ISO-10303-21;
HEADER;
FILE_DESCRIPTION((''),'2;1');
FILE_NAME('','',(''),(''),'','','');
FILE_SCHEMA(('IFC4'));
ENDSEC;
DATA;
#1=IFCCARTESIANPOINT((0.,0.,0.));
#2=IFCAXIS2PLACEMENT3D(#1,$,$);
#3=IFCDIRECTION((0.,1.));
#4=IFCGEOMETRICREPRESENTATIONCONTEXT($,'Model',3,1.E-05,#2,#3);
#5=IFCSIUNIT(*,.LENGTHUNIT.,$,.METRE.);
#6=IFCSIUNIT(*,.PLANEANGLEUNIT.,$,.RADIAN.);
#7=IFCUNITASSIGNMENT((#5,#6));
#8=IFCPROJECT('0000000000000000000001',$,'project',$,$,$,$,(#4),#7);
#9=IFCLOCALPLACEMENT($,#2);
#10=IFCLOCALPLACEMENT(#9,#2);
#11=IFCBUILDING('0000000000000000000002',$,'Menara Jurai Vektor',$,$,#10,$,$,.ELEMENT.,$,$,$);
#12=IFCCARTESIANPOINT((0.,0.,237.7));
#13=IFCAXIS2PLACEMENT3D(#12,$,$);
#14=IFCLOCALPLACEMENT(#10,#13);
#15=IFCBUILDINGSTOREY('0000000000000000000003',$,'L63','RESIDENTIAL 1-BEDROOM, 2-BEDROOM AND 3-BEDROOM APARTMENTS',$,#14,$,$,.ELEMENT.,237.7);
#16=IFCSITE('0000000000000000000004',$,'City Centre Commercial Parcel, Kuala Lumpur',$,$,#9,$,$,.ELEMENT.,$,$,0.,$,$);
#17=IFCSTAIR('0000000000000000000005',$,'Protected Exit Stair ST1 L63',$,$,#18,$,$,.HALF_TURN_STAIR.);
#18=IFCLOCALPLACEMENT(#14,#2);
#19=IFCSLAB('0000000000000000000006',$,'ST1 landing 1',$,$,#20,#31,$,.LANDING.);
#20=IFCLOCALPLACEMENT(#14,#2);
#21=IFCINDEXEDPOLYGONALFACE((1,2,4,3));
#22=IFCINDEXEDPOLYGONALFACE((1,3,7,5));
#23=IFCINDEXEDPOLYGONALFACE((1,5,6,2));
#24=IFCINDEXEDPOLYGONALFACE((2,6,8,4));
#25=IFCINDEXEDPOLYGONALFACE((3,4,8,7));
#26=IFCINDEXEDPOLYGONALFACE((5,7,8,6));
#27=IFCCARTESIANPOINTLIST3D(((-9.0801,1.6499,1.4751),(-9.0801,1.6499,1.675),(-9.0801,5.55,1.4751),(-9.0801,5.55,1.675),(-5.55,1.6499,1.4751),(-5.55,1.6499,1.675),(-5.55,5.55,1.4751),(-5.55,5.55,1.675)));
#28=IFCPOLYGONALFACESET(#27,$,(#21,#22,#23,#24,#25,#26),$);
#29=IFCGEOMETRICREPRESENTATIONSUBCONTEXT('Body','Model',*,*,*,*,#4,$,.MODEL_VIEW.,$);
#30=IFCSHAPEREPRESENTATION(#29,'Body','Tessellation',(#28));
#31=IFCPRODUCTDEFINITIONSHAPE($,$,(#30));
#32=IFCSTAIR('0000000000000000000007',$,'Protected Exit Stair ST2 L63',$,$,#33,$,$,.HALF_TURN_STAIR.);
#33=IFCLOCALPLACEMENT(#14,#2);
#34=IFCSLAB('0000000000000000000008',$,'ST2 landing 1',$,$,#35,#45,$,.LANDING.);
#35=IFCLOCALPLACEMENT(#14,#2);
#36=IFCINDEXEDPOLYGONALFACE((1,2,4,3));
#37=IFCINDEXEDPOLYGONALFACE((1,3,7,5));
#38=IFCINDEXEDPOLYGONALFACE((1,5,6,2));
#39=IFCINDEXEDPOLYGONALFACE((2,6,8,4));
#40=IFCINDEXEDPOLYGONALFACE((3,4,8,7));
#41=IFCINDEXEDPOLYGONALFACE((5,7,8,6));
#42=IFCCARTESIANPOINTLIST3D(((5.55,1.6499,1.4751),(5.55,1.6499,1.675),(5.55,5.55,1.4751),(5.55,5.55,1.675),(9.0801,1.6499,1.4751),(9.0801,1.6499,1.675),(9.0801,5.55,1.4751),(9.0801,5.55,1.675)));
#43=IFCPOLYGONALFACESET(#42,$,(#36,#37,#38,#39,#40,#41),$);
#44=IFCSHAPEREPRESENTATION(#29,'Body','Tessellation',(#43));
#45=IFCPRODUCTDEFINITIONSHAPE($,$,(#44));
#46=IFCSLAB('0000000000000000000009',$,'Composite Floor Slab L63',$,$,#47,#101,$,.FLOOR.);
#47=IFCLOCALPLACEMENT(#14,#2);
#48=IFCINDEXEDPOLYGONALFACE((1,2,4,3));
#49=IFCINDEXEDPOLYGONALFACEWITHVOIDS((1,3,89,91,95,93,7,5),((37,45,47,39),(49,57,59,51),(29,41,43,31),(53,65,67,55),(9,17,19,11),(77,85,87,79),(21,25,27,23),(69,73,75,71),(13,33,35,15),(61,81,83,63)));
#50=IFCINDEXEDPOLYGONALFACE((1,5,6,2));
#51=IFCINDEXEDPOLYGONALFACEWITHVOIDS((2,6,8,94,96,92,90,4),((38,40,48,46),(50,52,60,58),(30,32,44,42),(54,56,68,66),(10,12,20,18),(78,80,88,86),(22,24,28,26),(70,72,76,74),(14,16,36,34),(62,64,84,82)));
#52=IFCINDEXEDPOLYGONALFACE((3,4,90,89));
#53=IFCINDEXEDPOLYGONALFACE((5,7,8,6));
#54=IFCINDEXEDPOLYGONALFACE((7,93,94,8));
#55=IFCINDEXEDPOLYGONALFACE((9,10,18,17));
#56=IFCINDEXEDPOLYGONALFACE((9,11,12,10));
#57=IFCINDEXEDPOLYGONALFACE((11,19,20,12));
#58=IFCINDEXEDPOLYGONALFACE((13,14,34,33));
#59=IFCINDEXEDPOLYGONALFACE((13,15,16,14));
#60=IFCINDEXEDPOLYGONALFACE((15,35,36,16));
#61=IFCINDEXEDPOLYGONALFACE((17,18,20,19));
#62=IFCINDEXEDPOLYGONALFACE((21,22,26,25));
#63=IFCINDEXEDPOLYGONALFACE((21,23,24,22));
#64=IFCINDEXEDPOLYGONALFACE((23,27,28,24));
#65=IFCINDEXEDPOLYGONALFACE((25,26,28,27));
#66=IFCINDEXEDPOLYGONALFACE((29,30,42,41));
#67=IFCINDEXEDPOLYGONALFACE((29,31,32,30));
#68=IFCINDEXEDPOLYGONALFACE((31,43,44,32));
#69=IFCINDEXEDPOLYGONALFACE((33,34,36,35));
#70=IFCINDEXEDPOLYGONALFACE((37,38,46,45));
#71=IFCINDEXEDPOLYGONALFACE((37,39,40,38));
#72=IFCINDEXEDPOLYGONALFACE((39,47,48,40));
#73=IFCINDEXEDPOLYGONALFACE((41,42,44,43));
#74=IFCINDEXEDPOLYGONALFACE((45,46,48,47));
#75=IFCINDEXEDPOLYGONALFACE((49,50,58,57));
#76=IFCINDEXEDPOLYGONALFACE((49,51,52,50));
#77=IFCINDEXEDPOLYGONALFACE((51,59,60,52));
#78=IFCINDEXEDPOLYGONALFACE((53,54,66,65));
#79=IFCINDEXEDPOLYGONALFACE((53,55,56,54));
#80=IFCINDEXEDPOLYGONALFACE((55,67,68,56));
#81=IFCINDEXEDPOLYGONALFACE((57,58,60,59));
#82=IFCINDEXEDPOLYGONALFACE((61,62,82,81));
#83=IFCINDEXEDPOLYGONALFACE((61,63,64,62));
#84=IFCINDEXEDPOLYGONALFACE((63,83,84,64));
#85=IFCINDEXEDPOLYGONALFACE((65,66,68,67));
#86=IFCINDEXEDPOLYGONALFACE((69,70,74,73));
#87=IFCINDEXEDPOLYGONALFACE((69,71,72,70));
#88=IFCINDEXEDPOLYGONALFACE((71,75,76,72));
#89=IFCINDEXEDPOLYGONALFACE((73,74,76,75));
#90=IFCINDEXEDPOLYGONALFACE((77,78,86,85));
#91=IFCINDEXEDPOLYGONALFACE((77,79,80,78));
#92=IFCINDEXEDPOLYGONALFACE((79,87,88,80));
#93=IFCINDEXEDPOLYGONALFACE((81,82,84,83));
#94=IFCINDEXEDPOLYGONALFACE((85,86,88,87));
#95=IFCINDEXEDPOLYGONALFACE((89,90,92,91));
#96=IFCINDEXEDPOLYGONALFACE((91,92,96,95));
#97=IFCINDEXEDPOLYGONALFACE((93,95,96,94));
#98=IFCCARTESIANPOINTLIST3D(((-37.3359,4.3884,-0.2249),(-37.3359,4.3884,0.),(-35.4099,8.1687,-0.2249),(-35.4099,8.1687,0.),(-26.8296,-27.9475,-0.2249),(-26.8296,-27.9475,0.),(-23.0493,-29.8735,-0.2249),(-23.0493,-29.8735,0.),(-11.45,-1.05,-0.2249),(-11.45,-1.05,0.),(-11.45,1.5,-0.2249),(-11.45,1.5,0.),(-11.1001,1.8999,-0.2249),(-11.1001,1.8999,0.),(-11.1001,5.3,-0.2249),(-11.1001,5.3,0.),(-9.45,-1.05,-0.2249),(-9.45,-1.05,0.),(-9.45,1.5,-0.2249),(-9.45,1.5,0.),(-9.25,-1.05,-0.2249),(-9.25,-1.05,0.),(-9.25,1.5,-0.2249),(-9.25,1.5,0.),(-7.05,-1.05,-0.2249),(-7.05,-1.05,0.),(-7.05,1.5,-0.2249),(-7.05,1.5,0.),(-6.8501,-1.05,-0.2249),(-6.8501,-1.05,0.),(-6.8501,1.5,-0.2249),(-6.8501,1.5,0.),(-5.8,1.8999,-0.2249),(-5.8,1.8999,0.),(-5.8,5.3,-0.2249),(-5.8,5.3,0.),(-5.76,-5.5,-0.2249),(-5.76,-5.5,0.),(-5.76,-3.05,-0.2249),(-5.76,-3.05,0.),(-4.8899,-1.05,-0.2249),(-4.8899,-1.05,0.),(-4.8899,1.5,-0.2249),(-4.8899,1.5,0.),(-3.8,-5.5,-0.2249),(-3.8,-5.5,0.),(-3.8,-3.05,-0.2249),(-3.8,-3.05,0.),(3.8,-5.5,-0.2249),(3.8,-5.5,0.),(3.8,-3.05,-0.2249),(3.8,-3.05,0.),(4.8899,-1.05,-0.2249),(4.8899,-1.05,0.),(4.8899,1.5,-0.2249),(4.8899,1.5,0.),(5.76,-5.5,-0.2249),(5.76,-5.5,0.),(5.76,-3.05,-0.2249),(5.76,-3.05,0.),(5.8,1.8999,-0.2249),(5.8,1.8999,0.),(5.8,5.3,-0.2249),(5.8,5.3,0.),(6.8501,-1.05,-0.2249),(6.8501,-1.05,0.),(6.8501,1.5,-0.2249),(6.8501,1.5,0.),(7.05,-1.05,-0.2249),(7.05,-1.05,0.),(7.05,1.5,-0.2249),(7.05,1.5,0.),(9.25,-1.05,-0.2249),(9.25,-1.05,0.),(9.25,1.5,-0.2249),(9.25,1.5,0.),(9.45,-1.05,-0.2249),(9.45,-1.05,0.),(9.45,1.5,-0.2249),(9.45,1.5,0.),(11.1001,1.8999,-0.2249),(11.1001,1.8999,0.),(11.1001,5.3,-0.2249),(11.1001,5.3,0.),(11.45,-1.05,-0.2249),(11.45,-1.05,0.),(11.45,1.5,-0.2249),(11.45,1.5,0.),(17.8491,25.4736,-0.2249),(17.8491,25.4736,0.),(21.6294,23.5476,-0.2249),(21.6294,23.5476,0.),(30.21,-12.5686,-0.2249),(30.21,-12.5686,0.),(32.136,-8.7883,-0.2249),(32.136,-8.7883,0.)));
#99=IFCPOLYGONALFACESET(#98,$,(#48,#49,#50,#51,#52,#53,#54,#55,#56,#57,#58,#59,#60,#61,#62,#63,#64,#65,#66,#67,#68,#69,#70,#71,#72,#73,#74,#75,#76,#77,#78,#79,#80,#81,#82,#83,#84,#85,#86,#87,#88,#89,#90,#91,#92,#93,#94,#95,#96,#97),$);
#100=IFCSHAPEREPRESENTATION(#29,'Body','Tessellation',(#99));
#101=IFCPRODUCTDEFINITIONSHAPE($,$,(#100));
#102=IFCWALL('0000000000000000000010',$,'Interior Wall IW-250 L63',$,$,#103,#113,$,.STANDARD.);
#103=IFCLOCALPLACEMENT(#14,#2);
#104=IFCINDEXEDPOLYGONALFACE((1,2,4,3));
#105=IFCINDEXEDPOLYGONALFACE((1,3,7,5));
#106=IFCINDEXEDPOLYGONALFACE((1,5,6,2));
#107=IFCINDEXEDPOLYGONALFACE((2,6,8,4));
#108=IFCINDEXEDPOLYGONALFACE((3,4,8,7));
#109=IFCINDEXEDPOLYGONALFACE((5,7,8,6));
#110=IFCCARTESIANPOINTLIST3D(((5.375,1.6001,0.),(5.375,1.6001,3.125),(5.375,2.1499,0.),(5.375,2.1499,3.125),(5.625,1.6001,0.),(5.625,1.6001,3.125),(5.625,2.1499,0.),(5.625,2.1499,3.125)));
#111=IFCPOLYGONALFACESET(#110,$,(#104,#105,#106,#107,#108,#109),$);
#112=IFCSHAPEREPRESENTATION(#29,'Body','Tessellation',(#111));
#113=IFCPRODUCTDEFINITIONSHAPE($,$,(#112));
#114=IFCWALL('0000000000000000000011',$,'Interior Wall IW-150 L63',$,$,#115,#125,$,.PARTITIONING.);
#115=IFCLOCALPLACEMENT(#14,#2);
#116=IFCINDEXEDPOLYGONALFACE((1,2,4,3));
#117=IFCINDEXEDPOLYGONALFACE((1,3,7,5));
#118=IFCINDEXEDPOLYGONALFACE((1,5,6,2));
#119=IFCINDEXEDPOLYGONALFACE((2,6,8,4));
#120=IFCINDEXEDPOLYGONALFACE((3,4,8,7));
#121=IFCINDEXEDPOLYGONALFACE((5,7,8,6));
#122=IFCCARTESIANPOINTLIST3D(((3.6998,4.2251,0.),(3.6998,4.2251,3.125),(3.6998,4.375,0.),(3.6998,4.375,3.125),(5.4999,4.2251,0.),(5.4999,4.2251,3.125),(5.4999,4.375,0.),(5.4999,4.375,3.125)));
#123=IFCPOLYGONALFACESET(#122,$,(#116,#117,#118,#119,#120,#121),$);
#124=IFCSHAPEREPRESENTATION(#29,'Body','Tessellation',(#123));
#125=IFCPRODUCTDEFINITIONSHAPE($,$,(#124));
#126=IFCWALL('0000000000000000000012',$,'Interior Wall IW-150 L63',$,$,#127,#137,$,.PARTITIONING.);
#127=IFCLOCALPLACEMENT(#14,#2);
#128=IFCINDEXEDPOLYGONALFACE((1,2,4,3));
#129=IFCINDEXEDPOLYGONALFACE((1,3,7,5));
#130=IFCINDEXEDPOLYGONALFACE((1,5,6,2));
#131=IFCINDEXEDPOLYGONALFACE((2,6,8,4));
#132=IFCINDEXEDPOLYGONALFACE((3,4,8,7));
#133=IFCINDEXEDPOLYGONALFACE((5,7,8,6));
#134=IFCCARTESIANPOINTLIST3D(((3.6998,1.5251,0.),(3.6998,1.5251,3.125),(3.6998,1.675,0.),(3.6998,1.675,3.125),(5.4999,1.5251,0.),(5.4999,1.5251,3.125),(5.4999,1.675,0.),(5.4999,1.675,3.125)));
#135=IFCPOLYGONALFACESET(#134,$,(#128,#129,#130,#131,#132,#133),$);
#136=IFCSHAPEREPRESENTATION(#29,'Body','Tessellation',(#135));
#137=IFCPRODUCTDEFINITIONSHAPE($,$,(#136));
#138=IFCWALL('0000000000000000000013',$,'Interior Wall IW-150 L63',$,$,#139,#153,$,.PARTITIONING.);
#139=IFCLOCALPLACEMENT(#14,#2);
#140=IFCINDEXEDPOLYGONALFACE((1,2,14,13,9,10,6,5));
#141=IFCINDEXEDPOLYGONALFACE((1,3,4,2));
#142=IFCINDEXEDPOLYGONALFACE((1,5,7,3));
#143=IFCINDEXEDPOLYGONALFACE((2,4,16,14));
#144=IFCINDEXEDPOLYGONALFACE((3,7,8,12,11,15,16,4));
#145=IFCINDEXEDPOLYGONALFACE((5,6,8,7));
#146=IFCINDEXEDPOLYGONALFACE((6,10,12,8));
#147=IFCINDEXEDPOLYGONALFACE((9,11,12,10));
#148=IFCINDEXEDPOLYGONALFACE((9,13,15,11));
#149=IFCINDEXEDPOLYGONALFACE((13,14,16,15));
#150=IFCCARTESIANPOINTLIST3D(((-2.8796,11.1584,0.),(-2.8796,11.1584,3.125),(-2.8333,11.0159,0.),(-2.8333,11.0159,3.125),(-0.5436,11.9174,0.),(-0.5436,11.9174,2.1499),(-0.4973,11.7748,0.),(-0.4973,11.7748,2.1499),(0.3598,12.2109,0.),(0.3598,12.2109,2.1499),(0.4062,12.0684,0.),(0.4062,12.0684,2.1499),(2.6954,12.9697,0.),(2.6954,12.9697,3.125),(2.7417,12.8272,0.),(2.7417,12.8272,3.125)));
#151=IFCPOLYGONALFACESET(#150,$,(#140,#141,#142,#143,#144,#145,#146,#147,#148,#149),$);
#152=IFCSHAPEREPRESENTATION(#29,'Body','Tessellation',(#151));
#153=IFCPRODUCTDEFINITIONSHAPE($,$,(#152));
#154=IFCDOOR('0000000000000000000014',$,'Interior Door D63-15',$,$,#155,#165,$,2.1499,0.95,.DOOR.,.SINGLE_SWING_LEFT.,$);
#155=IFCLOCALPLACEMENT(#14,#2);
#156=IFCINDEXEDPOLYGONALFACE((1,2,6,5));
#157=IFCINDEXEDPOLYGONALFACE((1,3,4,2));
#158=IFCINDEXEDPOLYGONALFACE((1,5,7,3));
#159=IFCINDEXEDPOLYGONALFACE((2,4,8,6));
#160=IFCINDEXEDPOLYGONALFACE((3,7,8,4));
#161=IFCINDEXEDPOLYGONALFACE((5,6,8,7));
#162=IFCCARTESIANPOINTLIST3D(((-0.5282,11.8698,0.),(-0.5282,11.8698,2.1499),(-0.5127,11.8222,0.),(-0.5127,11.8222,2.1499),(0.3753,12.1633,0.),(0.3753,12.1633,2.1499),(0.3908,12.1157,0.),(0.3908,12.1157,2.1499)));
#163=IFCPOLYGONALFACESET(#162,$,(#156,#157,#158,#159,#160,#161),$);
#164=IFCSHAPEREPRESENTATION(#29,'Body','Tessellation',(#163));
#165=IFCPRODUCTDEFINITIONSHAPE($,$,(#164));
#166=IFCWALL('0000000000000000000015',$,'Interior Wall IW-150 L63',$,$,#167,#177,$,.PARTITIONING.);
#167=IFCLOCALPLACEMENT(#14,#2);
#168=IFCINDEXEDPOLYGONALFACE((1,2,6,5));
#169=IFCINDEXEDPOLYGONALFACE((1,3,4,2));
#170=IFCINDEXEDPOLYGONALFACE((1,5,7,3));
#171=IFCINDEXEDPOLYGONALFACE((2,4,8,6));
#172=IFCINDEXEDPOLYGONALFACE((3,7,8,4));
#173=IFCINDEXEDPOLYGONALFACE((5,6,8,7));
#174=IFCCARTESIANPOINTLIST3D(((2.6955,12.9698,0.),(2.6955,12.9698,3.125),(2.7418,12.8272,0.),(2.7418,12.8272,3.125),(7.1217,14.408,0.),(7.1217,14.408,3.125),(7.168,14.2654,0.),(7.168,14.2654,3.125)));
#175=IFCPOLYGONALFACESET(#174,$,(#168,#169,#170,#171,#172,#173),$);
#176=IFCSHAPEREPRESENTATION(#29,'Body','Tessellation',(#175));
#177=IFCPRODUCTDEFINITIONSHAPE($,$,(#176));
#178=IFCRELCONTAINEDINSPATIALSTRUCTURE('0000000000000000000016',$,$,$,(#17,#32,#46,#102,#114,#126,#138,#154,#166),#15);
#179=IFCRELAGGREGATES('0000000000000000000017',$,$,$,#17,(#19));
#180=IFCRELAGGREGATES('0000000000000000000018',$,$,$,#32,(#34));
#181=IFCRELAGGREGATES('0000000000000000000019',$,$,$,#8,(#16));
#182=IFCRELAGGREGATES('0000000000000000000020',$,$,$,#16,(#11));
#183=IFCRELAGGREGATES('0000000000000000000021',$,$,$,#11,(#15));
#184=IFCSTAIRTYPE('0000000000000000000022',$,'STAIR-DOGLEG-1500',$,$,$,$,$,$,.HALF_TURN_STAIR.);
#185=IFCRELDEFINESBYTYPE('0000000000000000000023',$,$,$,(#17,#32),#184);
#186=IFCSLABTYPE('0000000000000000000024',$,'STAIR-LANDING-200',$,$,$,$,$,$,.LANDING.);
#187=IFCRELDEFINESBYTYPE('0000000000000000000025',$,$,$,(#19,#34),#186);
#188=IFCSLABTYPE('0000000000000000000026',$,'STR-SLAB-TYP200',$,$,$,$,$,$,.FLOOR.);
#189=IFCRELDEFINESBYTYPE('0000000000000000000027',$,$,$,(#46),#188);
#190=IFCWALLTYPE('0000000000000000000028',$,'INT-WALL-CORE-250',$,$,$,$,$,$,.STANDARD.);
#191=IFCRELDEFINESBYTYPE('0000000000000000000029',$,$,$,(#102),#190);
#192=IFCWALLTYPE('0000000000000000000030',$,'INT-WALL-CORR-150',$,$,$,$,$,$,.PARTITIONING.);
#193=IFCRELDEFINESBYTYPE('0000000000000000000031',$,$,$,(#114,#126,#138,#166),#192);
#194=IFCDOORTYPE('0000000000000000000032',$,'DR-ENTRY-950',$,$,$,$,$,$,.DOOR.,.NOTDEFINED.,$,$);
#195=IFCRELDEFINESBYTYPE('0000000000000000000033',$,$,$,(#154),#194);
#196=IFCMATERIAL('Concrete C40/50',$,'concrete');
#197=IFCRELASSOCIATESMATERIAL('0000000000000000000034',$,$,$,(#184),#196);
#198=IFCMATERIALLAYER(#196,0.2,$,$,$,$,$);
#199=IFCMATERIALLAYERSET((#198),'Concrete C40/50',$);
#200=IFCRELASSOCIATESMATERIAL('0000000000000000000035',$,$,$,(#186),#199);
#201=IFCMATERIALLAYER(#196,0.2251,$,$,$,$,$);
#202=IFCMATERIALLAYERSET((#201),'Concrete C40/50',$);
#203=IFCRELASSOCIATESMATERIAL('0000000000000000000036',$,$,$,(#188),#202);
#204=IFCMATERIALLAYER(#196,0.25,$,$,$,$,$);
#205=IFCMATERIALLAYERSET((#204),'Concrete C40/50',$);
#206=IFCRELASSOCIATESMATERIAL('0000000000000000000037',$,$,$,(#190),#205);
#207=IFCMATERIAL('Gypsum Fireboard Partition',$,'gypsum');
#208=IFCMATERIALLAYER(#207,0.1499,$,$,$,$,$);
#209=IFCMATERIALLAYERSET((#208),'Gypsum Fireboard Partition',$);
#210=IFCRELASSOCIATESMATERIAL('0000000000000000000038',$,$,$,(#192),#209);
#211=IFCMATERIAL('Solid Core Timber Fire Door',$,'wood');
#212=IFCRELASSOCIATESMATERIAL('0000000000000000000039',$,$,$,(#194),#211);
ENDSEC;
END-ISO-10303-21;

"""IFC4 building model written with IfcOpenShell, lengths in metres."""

from ifc_helpers import new_model, si_unit, direction, frame, frame_2d, origin, place, context, subcontext, project, spatial, polyline, rectangle, outline, extrude, material, layer, layer_set, type_object, element, fill, aggregate, save


model = new_model("IFC4")

# Units and contexts
model_context = context("Model", 3, precision=1e-05, world=origin(), true_north=direction((0.0, 1.0)))
body_context = subcontext(model_context, "Body", "Model", "MODEL_VIEW")
ifc_project = project(units=[si_unit("LENGTHUNIT", "METRE"), si_unit("PLANEANGLEUNIT", "RADIAN")], contexts=[model_context])

# Site, building, storey
site_placement = place(None, origin())
site = spatial("IfcSite", under=ifc_project, at=site_placement, Name="City Centre Commercial Parcel, Kuala Lumpur", CompositionType="ELEMENT", RefElevation=0.0)
building_placement = place(site_placement, origin())
building = spatial("IfcBuilding", under=site, at=building_placement, Name="Menara Jurai Vektor", CompositionType="ELEMENT")
storey_placement = place(building_placement, frame((0.0, 0.0, 237.7)))
storey = spatial("IfcBuildingStorey", under=building, at=storey_placement, Name="L63", Description="RESIDENTIAL 1-BEDROOM, 2-BEDROOM AND 3-BEDROOM APARTMENTS", CompositionType="ELEMENT", Elevation=237.7)

# Stairs, slabs
ifc_material_1 = material(Name="Concrete C40/50", Category="concrete")
stair_type = type_object("IfcStairType", Name="STAIR-DOGLEG-1500", PredefinedType="HALF_TURN_STAIR", material=ifc_material_1)
stair_1_placement = place(storey_placement, origin())
stair_1 = element("IfcStair", 1, at=stair_1_placement, inside=storey, type_object=stair_type, Name="Protected Exit Stair ST1 L63", PredefinedType="HALF_TURN_STAIR")
ifc_layer_1 = layer(ifc_material_1, 0.2)
ifc_layer_set_1 = layer_set([ifc_layer_1], Name="Concrete C40/50")
slab_type_1 = type_object("IfcSlabType", Name="STAIR-LANDING-200", PredefinedType="LANDING", material=ifc_layer_set_1)
slab_1_placement = place(storey_placement, frame((0.0, 0.0, 1.4751)))
slab_1 = element("IfcSlab", 2, at=slab_1_placement, type_object=slab_type_1, Name="ST1 landing 1", PredefinedType="LANDING", context=body_context, shape_type="SweptSolid", body=[
    extrude(outline(polyline([(-9.0801, 1.6499), (-5.55, 1.6499), (-5.55, 5.55), (-9.0801, 5.55), (-9.0801, 1.6499)])), origin(), (0.0, 0.0, 1.0), 0.2),
])
aggregate(stair_1, [slab_1])
stair_2_placement = place(storey_placement, origin())
stair_2 = element("IfcStair", 3, at=stair_2_placement, inside=storey, type_object=stair_type, Name="Protected Exit Stair ST2 L63", PredefinedType="HALF_TURN_STAIR")
slab_2_placement = place(storey_placement, frame((0.0, 0.0, 1.4751)))
slab_2 = element("IfcSlab", 4, at=slab_2_placement, type_object=slab_type_1, Name="ST2 landing 1", PredefinedType="LANDING", context=body_context, shape_type="SweptSolid", body=[
    extrude(outline(polyline([(5.55, 1.6499), (9.0801, 1.6499), (9.0801, 5.55), (5.55, 5.55), (5.55, 1.6499)])), origin(), (0.0, 0.0, 1.0), 0.2),
])

# Slab
ifc_layer_2 = layer(ifc_material_1, 0.2251)
ifc_layer_set_2 = layer_set([ifc_layer_2], Name="Concrete C40/50")
slab_type_2 = type_object("IfcSlabType", Name="STR-SLAB-TYP200", PredefinedType="FLOOR", material=ifc_layer_set_2)
slab_3_placement = place(storey_placement, frame((0.0, 0.0, -0.2249)))
element("IfcSlab", 5, at=slab_3_placement, inside=storey, type_object=slab_type_2, Name="Composite Floor Slab L63", PredefinedType="FLOOR", context=body_context, shape_type="SweptSolid", body=[
    extrude(outline(polyline([(-23.0493, -29.8735), (30.21, -12.5686), (32.136, -8.7883), (21.6294, 23.5476), (17.8491, 25.4736), (-35.4099, 8.1687), (-37.3359, 4.3884), (-26.8296, -27.9475), (-23.0493, -29.8735)]), holes=[polyline([(-11.1001, 1.8999), (-11.1001, 5.3), (-5.8, 5.3), (-5.8, 1.8999), (-11.1001, 1.8999)]), polyline([(5.8, 1.8999), (5.8, 5.3), (11.1001, 5.3), (11.1001, 1.8999), (5.8, 1.8999)]), polyline([(-11.45, -1.05), (-11.45, 1.5), (-9.45, 1.5), (-9.45, -1.05), (-11.45, -1.05)]), polyline([(9.45, -1.05), (9.45, 1.5), (11.45, 1.5), (11.45, -1.05), (9.45, -1.05)]), polyline([(-5.76, -5.5), (-5.76, -3.05), (-3.8, -3.05), (-3.8, -5.5), (-5.76, -5.5)]), polyline([(-6.8501, -1.05), (-6.8501, 1.5), (-4.8899, 1.5), (-4.8899, -1.05), (-6.8501, -1.05)]), polyline([(3.8, -5.5), (3.8, -3.05), (5.76, -3.05), (5.76, -5.5), (3.8, -5.5)]), polyline([(4.8899, -1.05), (4.8899, 1.5), (6.8501, 1.5), (6.8501, -1.05), (4.8899, -1.05)]), polyline([(-9.25, -1.05), (-9.25, 1.5), (-7.05, 1.5), (-7.05, -1.05), (-9.25, -1.05)]), polyline([(7.05, -1.05), (7.05, 1.5), (9.25, 1.5), (9.25, -1.05), (7.05, -1.05)])]), origin(), (0.0, 0.0, 1.0), 0.2249),
])

# Shared definitions
ifc_layer_3 = layer(ifc_material_1, 0.25)
ifc_layer_set_3 = layer_set([ifc_layer_3], Name="Concrete C40/50")
wall_type_1 = type_object("IfcWallType", Name="INT-WALL-CORE-250", PredefinedType="STANDARD", material=ifc_layer_set_3)

# Walls
wall_1_placement = place(storey_placement, frame((5.5, 1.6001, 0.0), z_axis=(0.0, 0.0, 1.0), x_axis=(0.0, 1.0, 0.0)))
element("IfcWall", 6, at=wall_1_placement, inside=storey, type_object=wall_type_1, Name="Interior Wall IW-250 L63", PredefinedType="STANDARD", context=body_context, shape_type="SweptSolid", body=[
    extrude(rectangle(XDim=0.5498, YDim=0.25, at=frame_2d((0.2749, 0.0))), origin(), (0.0, 0.0, 1.0), 3.125),
])
ifc_material_2 = material(Name="Gypsum Fireboard Partition", Category="gypsum")
ifc_layer_4 = layer(ifc_material_2, 0.1499)
ifc_layer_set_4 = layer_set([ifc_layer_4], Name="Gypsum Fireboard Partition")
wall_type_2 = type_object("IfcWallType", Name="INT-WALL-CORR-150", PredefinedType="PARTITIONING", material=ifc_layer_set_4)
for number, where, z_axis, x_axis, name in (
    (7, (3.7, 4.3, 0.0), (0.0, 0.0, 1.0), (1.0, 0.0, 0.0), "Interior Wall IW-150 L63"),
    (8, (3.7, 1.6001, 0.0), (0.0, 0.0, 1.0), (1.0, 0.0, 0.0), "Interior Wall IW-150 L63"),
):
    element("IfcWall", number, at=place(storey_placement, frame(where, z_axis=z_axis, x_axis=x_axis)), inside=storey, type_object=wall_type_2, Name=name, PredefinedType="PARTITIONING", context=body_context, shape_type="SweptSolid", body=[
        extrude(rectangle(XDim=1.8, YDim=0.1499, at=frame_2d((0.8999, 0.0))), origin(), (0.0, 0.0, 1.0), 3.125),
    ])

# Wall, opening, door
wall_2_placement = place(storey_placement, frame((-2.8564, 11.0872, 0.0), z_axis=(0.0, 0.0, 1.0), x_axis=(0.951063, 0.308997, 0.0)))
wall_2 = element("IfcWall", 9, at=wall_2_placement, inside=storey, type_object=wall_type_2, Name="Interior Wall IW-150 L63", PredefinedType="PARTITIONING", context=body_context, shape_type="SweptSolid", body=[
    extrude(rectangle(XDim=5.8618, YDim=0.1499, at=frame_2d((2.9309, 0.0))), origin(), (0.0, 0.0, 1.0), 3.125),
])
opening_1_placement = place(wall_2_placement, frame((2.4561, 0.0, 0.0)))
opening_1 = element("IfcOpeningElement", 10, at=opening_1_placement, cuts=wall_2, PredefinedType="OPENING", context=body_context, shape_type="SweptSolid", body=[
    extrude(rectangle(XDim=0.95, YDim=2.1499, at=frame_2d((0.4751, 1.075))), frame((0.0, 0.085, 0.0), z_axis=(0.0, -1.0, 0.0), x_axis=(1.0, 0.0, 0.0)), (0.0, 0.0, 1.0), 0.1699),
])
ifc_material_3 = material(Name="Solid Core Timber Fire Door", Category="wood")
door_type_1 = type_object("IfcDoorType", Name="DR-ENTRY-950", OperationType="NOTDEFINED", PredefinedType="DOOR", material=ifc_material_3)
door_1_placement = place(opening_1_placement, origin())
door_1 = element("IfcDoor", 11, at=door_1_placement, inside=storey, type_object=door_type_1, Name="Interior Door D63-15", OperationType="SINGLE_SWING_LEFT", OverallHeight=2.1499, OverallWidth=0.95, PredefinedType="DOOR", context=body_context, shape_type="SweptSolid", body=[
    extrude(rectangle(XDim=0.95, YDim=2.1499, at=frame_2d((0.4751, 1.075))), frame((0.0, 0.0249, 0.0), z_axis=(0.0, -1.0, 0.0), x_axis=(1.0, 0.0, 0.0)), (0.0, 0.0, 1.0), 0.05),
])
fill(opening_1, door_1)

# Wall
wall_3_placement = place(storey_placement, frame((2.7185, 12.8984, 0.0), z_axis=(0.0, 0.0, 1.0), x_axis=(0.951053, 0.309027, 0.0)))
element("IfcWall", 12, at=wall_3_placement, inside=storey, type_object=wall_type_2, Name="Interior Wall IW-150 L63", PredefinedType="PARTITIONING", context=body_context, shape_type="SweptSolid", body=[
    extrude(rectangle(XDim=4.6541, YDim=0.1499, at=frame_2d((2.3271, 0.0))), origin(), (0.0, 0.0, 1.0), 3.125),
])

aggregate(stair_2, [slab_2])

save(model, "model.ifc")
